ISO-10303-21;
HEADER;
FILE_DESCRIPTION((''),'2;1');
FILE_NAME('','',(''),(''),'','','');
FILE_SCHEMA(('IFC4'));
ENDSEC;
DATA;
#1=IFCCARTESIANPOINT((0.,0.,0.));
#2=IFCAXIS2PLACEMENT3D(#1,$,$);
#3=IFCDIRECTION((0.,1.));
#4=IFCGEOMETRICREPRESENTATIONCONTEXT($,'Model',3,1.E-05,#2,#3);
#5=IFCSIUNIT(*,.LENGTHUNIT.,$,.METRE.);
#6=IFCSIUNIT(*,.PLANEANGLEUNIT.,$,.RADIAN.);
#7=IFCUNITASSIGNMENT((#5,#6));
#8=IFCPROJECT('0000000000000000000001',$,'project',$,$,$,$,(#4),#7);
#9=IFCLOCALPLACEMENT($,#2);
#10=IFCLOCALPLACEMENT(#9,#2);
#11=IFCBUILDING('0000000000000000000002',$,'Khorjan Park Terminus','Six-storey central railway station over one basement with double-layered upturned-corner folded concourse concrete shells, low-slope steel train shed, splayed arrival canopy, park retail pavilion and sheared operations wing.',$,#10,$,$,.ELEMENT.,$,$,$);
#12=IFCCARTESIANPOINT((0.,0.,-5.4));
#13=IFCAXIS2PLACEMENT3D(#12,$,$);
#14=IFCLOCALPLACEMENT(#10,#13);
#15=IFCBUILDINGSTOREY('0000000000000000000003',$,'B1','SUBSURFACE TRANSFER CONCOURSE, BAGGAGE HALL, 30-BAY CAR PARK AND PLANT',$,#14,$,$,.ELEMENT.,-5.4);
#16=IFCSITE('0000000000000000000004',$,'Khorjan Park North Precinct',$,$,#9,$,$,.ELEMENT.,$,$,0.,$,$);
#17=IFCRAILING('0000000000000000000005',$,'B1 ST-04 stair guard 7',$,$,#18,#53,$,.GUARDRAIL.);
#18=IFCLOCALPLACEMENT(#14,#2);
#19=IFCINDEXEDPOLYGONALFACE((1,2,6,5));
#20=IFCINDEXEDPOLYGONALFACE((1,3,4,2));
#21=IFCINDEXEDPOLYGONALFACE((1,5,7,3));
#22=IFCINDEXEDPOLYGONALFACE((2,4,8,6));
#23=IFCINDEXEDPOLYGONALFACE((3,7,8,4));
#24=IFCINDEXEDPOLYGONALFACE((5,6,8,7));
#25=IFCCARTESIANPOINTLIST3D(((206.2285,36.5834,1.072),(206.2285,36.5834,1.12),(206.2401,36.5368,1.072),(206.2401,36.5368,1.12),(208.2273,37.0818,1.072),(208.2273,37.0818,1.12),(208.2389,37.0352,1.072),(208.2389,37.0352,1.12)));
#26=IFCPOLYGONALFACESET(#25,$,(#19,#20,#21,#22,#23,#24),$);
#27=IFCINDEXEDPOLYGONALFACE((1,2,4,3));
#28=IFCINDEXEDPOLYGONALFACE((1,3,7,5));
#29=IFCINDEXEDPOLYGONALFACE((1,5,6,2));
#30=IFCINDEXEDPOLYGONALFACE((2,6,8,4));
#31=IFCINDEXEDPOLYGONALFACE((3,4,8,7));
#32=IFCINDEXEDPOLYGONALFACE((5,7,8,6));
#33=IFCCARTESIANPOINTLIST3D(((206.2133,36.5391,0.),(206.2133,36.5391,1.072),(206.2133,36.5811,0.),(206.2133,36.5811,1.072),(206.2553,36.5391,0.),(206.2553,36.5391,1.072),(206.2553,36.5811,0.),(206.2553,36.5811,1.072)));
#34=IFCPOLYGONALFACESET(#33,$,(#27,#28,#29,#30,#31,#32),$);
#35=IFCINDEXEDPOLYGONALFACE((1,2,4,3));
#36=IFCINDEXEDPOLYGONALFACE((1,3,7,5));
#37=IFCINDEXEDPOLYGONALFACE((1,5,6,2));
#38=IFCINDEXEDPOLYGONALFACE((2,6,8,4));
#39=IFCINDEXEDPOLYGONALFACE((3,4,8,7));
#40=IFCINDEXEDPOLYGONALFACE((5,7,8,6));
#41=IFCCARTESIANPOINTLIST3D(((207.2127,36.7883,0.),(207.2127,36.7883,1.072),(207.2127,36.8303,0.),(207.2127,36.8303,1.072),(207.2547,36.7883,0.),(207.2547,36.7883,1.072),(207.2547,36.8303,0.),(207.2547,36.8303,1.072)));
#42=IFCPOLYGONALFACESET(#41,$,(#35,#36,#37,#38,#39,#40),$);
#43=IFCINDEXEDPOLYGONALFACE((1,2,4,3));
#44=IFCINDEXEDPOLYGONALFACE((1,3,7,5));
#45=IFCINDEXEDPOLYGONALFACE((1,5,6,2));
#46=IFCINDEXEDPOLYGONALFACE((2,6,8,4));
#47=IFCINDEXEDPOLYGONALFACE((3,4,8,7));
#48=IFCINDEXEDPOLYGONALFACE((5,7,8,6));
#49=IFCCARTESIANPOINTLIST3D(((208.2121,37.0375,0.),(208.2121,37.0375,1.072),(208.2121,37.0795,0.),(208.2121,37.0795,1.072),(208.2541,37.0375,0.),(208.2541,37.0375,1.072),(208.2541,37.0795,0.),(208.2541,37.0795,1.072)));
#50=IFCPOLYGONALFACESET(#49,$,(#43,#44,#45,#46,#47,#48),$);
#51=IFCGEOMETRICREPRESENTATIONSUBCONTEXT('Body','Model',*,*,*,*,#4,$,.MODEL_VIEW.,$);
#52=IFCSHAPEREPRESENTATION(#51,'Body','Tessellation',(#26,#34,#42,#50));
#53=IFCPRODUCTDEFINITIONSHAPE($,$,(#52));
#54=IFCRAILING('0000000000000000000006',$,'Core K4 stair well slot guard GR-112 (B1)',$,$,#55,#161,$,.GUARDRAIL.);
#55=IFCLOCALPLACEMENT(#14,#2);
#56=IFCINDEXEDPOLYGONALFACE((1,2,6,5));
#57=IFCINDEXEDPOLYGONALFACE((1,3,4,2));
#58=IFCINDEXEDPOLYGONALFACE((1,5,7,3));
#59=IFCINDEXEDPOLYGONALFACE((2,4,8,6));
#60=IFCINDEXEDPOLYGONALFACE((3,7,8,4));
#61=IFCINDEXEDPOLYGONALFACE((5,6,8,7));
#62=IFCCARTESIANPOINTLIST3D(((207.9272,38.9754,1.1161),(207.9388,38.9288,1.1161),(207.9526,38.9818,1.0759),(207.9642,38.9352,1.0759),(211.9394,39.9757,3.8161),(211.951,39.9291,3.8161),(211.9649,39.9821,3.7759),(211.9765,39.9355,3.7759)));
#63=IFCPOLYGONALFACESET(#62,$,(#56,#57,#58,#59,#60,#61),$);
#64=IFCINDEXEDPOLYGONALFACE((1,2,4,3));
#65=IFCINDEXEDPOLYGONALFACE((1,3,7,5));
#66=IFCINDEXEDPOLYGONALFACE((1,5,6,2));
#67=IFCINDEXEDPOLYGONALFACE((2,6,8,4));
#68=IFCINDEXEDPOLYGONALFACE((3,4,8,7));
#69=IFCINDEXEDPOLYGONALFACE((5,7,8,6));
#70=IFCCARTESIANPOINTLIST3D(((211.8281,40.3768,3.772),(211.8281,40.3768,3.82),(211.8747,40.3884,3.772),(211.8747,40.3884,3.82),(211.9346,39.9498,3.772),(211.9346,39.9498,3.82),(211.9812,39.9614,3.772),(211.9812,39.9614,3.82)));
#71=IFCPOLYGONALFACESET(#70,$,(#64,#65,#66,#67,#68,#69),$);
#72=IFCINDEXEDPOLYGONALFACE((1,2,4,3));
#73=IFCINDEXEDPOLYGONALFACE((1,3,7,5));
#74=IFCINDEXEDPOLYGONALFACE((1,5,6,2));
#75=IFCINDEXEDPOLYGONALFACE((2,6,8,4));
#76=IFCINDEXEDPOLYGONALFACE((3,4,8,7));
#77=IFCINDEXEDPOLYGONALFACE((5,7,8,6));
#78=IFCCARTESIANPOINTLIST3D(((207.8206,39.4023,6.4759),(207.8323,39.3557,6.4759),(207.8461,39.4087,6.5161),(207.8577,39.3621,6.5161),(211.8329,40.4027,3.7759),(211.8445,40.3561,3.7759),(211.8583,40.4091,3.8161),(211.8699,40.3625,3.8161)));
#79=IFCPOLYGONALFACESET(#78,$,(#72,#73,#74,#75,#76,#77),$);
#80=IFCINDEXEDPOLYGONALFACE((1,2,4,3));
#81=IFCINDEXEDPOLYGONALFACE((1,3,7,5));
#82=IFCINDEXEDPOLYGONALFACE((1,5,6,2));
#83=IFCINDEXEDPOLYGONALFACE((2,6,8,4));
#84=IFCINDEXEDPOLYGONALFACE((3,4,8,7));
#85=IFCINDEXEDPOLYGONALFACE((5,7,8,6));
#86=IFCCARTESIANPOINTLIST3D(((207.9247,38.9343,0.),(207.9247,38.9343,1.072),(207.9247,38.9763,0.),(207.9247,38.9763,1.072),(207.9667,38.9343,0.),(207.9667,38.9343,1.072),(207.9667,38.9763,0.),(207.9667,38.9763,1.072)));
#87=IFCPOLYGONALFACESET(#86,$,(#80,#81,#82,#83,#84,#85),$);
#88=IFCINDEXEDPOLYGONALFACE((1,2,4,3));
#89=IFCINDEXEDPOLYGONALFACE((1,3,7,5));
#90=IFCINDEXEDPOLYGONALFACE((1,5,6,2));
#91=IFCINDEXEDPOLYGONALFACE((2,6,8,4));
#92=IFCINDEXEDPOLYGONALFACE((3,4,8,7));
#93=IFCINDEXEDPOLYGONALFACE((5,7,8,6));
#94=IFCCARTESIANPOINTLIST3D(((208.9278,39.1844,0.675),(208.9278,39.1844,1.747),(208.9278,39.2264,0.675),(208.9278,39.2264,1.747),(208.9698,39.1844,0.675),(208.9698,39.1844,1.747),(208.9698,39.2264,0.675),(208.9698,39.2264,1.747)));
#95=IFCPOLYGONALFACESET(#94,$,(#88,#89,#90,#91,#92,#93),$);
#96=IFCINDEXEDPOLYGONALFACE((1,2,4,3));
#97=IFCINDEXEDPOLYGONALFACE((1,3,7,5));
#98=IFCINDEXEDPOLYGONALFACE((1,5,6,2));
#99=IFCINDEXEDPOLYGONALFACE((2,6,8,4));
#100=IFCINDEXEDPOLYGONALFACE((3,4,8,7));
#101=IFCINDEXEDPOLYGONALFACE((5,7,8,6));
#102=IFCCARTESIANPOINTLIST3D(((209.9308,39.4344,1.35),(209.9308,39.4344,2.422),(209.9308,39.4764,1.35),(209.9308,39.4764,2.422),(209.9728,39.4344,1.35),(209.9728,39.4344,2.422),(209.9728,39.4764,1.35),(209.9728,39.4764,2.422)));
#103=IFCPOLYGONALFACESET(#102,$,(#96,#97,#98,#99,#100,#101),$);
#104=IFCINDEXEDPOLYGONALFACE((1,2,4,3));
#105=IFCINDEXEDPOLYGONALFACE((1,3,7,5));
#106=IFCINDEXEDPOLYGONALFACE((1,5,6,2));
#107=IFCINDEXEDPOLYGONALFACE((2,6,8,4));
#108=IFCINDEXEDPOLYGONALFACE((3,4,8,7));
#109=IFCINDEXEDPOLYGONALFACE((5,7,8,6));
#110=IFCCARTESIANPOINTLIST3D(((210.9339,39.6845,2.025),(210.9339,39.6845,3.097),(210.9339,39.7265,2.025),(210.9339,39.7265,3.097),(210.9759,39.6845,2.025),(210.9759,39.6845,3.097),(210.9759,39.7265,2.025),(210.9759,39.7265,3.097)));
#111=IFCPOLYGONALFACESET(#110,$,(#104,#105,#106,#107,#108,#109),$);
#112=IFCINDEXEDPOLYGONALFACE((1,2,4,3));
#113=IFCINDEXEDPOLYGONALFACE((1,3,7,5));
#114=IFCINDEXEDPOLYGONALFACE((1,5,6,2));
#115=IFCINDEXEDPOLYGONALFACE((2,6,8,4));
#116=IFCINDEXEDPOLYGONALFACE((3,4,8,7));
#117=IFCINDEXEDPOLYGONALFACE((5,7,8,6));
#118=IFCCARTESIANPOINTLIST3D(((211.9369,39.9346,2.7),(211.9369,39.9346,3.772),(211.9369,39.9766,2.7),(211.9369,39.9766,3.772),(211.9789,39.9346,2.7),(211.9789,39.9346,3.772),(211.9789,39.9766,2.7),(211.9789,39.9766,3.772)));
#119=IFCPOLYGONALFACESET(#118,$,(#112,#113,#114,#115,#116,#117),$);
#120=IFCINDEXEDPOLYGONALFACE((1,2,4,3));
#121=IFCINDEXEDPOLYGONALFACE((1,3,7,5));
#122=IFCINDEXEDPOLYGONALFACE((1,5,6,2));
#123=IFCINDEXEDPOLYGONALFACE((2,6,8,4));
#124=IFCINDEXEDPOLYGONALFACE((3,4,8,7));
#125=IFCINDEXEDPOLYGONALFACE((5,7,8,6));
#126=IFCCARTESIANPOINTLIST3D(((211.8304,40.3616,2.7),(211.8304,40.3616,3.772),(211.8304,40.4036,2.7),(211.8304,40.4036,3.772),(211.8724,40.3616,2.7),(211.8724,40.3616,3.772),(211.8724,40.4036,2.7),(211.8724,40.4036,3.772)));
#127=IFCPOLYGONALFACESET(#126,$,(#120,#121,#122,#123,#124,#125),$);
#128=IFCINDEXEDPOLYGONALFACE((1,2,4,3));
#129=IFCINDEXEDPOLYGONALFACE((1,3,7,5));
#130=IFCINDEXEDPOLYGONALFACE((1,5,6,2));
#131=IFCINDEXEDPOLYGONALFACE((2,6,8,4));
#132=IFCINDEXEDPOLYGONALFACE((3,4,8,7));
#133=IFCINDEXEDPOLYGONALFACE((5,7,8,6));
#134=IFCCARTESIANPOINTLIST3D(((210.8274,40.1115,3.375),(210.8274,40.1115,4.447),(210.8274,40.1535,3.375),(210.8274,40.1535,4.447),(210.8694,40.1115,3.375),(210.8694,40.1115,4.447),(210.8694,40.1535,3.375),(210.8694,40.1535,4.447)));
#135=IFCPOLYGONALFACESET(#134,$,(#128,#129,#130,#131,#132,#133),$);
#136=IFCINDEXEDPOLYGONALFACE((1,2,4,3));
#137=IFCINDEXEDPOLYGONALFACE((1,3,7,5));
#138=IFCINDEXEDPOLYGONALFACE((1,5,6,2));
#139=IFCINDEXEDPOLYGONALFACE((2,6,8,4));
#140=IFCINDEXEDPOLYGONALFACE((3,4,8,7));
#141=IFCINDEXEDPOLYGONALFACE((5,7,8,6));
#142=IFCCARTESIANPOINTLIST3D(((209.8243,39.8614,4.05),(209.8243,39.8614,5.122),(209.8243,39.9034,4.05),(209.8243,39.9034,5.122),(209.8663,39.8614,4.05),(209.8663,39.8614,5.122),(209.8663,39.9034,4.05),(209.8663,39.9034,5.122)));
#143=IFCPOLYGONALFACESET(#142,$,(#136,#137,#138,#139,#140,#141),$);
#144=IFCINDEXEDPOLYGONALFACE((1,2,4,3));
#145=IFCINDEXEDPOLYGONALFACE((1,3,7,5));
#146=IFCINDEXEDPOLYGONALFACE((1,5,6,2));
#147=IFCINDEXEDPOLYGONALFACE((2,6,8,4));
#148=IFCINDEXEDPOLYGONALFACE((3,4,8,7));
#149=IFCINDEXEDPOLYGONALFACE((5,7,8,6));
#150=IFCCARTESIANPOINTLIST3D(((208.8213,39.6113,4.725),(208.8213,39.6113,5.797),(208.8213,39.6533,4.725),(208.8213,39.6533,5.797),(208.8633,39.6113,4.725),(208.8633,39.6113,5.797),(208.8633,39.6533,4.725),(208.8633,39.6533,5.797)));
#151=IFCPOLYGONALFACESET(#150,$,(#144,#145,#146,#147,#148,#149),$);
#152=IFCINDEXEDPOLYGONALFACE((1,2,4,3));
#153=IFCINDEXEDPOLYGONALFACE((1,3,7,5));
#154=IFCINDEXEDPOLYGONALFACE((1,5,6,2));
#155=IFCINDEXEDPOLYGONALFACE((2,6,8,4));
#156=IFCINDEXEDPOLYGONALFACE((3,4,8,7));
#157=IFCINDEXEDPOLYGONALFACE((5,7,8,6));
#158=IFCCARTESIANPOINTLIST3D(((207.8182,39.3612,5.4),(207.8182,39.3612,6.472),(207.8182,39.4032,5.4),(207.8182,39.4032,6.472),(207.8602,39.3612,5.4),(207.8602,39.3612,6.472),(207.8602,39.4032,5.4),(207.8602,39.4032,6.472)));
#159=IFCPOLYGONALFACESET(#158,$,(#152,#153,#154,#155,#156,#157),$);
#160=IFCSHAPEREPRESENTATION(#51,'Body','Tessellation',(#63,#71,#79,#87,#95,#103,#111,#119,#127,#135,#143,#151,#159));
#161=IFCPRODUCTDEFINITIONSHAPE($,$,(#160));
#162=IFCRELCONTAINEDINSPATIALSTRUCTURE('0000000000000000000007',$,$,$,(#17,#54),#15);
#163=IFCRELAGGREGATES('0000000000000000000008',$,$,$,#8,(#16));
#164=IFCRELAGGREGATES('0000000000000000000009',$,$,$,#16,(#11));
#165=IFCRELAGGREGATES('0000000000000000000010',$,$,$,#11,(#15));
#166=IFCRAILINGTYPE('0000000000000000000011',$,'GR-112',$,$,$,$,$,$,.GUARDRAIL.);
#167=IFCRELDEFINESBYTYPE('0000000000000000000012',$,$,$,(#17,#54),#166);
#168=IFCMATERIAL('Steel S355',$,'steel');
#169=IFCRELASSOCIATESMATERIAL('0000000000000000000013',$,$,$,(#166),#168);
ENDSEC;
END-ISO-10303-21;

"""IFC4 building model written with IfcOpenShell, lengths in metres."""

from ifc_helpers import new_model, si_unit, direction, frame, origin, origin_2d, place, context, subcontext, project, spatial, rectangle, extrude, material, type_object, element, save


model = new_model("IFC4")

# Units and contexts
model_context = context("Model", 3, precision=1e-05, world=origin(), true_north=direction((0.0, 1.0)))
body_context = subcontext(model_context, "Body", "Model", "MODEL_VIEW")
ifc_project = project(units=[si_unit("LENGTHUNIT", "METRE"), si_unit("PLANEANGLEUNIT", "RADIAN")], contexts=[model_context])

# Site, building, storey
site_placement = place(None, origin())
site = spatial("IfcSite", under=ifc_project, at=site_placement, Name="Khorjan Park North Precinct", CompositionType="ELEMENT", RefElevation=0.0)
building_placement = place(site_placement, origin())
building = spatial("IfcBuilding", under=site, at=building_placement, Name="Khorjan Park Terminus", Description="Six-storey central railway station over one basement with double-layered upturned-corner folded concourse concrete shells, low-slope steel train shed, splayed arrival canopy, park retail pavilion and sheared operations wing.", CompositionType="ELEMENT")
storey_placement = place(building_placement, frame((0.0, 0.0, -5.4)))
storey = spatial("IfcBuildingStorey", under=building, at=storey_placement, Name="B1", Description="SUBSURFACE TRANSFER CONCOURSE, BAGGAGE HALL, 30-BAY CAR PARK AND PLANT", CompositionType="ELEMENT", Elevation=-5.4)

# Railings
ifc_material_1 = material(Name="Steel S355", Category="steel")
railing_type_1 = type_object("IfcRailingType", Name="GR-112", PredefinedType="GUARDRAIL", material=ifc_material_1)
railing_1_placement = place(storey_placement, frame((206.2343, 36.5601, 0.0)))
element("IfcRailing", 1, at=railing_1_placement, inside=storey, type_object=railing_type_1, Name="B1 ST-04 stair guard 7", PredefinedType="GUARDRAIL", context=body_context, shape_type="SweptSolid", body=[
    extrude(rectangle(XDim=0.048, YDim=0.048, at=origin_2d()), frame((0.0, 0.0, 1.096), z_axis=(0.970291, 0.241942, 0.0), x_axis=(-0.241942, 0.970291, 0.0)), (0.0, 0.0, 1.0), 2.06),
    extrude(rectangle(XDim=0.042, YDim=0.042, at=origin_2d()), origin(), (0.0, 0.0, 1.0), 1.072),
    extrude(rectangle(XDim=0.042, YDim=0.042, at=origin_2d()), frame((0.9994, 0.2492, 0.0)), (0.0, 0.0, 1.0), 1.072),
    extrude(rectangle(XDim=0.042, YDim=0.042, at=origin_2d()), frame((1.9988, 0.4984, 0.0)), (0.0, 0.0, 1.0), 1.072),
])
railing_2_placement = place(storey_placement, frame((207.9457, 38.9553, 0.0)))
element("IfcRailing", 2, at=railing_2_placement, inside=storey, type_object=railing_type_1, Name="Core K4 stair well slot guard GR-112 (B1)", PredefinedType="GUARDRAIL", context=body_context, shape_type="SweptSolid", body=[
    extrude(rectangle(XDim=0.048, YDim=0.048, at=origin_2d()), frame((0.0, 0.0, 1.096), z_axis=(0.81244, 0.202553, 0.54673), x_axis=(-0.24191, 0.970299, 0.0)), (0.0, 0.0, 1.0), 4.9385),
    extrude(rectangle(XDim=0.048, YDim=0.048, at=origin_2d()), frame((4.0122, 1.0003, 3.796), z_axis=(-0.242001, 0.970276, 0.0), x_axis=(-0.970276, -0.242001, 0.0)), (0.0, 0.0, 1.0), 0.4401),
    extrude(rectangle(XDim=0.048, YDim=0.048, at=origin_2d()), frame((3.9057, 1.4273, 3.796), z_axis=(-0.812437, -0.202573, 0.546727), x_axis=(0.241932, -0.970293, 0.0)), (0.0, 0.0, 1.0), 4.9385),
    extrude(rectangle(XDim=0.042, YDim=0.042, at=origin_2d()), origin(), (0.0, 0.0, 1.0), 1.072),
    extrude(rectangle(XDim=0.042, YDim=0.042, at=origin_2d()), frame((1.0031, 0.2501, 0.675)), (0.0, 0.0, 1.0), 1.072),
    extrude(rectangle(XDim=0.042, YDim=0.042, at=origin_2d()), frame((2.0061, 0.5001, 1.35)), (0.0, 0.0, 1.0), 1.072),
    extrude(rectangle(XDim=0.042, YDim=0.042, at=origin_2d()), frame((3.0092, 0.7502, 2.025)), (0.0, 0.0, 1.0), 1.072),
    extrude(rectangle(XDim=0.042, YDim=0.042, at=origin_2d()), frame((4.0122, 1.0003, 2.7)), (0.0, 0.0, 1.0), 1.072),
    extrude(rectangle(XDim=0.042, YDim=0.042, at=origin_2d()), frame((3.9057, 1.4273, 2.7)), (0.0, 0.0, 1.0), 1.072),
    extrude(rectangle(XDim=0.042, YDim=0.042, at=origin_2d()), frame((2.9027, 1.1772, 3.375)), (0.0, 0.0, 1.0), 1.072),
    extrude(rectangle(XDim=0.042, YDim=0.042, at=origin_2d()), frame((1.8996, 0.9271, 4.05)), (0.0, 0.0, 1.0), 1.072),
    extrude(rectangle(XDim=0.042, YDim=0.042, at=origin_2d()), frame((0.8966, 0.677, 4.725)), (0.0, 0.0, 1.0), 1.072),
    extrude(rectangle(XDim=0.042, YDim=0.042, at=origin_2d()), frame((-0.1065, 0.4269, 5.4)), (0.0, 0.0, 1.0), 1.072),
])

save(model, "model.ifc")
